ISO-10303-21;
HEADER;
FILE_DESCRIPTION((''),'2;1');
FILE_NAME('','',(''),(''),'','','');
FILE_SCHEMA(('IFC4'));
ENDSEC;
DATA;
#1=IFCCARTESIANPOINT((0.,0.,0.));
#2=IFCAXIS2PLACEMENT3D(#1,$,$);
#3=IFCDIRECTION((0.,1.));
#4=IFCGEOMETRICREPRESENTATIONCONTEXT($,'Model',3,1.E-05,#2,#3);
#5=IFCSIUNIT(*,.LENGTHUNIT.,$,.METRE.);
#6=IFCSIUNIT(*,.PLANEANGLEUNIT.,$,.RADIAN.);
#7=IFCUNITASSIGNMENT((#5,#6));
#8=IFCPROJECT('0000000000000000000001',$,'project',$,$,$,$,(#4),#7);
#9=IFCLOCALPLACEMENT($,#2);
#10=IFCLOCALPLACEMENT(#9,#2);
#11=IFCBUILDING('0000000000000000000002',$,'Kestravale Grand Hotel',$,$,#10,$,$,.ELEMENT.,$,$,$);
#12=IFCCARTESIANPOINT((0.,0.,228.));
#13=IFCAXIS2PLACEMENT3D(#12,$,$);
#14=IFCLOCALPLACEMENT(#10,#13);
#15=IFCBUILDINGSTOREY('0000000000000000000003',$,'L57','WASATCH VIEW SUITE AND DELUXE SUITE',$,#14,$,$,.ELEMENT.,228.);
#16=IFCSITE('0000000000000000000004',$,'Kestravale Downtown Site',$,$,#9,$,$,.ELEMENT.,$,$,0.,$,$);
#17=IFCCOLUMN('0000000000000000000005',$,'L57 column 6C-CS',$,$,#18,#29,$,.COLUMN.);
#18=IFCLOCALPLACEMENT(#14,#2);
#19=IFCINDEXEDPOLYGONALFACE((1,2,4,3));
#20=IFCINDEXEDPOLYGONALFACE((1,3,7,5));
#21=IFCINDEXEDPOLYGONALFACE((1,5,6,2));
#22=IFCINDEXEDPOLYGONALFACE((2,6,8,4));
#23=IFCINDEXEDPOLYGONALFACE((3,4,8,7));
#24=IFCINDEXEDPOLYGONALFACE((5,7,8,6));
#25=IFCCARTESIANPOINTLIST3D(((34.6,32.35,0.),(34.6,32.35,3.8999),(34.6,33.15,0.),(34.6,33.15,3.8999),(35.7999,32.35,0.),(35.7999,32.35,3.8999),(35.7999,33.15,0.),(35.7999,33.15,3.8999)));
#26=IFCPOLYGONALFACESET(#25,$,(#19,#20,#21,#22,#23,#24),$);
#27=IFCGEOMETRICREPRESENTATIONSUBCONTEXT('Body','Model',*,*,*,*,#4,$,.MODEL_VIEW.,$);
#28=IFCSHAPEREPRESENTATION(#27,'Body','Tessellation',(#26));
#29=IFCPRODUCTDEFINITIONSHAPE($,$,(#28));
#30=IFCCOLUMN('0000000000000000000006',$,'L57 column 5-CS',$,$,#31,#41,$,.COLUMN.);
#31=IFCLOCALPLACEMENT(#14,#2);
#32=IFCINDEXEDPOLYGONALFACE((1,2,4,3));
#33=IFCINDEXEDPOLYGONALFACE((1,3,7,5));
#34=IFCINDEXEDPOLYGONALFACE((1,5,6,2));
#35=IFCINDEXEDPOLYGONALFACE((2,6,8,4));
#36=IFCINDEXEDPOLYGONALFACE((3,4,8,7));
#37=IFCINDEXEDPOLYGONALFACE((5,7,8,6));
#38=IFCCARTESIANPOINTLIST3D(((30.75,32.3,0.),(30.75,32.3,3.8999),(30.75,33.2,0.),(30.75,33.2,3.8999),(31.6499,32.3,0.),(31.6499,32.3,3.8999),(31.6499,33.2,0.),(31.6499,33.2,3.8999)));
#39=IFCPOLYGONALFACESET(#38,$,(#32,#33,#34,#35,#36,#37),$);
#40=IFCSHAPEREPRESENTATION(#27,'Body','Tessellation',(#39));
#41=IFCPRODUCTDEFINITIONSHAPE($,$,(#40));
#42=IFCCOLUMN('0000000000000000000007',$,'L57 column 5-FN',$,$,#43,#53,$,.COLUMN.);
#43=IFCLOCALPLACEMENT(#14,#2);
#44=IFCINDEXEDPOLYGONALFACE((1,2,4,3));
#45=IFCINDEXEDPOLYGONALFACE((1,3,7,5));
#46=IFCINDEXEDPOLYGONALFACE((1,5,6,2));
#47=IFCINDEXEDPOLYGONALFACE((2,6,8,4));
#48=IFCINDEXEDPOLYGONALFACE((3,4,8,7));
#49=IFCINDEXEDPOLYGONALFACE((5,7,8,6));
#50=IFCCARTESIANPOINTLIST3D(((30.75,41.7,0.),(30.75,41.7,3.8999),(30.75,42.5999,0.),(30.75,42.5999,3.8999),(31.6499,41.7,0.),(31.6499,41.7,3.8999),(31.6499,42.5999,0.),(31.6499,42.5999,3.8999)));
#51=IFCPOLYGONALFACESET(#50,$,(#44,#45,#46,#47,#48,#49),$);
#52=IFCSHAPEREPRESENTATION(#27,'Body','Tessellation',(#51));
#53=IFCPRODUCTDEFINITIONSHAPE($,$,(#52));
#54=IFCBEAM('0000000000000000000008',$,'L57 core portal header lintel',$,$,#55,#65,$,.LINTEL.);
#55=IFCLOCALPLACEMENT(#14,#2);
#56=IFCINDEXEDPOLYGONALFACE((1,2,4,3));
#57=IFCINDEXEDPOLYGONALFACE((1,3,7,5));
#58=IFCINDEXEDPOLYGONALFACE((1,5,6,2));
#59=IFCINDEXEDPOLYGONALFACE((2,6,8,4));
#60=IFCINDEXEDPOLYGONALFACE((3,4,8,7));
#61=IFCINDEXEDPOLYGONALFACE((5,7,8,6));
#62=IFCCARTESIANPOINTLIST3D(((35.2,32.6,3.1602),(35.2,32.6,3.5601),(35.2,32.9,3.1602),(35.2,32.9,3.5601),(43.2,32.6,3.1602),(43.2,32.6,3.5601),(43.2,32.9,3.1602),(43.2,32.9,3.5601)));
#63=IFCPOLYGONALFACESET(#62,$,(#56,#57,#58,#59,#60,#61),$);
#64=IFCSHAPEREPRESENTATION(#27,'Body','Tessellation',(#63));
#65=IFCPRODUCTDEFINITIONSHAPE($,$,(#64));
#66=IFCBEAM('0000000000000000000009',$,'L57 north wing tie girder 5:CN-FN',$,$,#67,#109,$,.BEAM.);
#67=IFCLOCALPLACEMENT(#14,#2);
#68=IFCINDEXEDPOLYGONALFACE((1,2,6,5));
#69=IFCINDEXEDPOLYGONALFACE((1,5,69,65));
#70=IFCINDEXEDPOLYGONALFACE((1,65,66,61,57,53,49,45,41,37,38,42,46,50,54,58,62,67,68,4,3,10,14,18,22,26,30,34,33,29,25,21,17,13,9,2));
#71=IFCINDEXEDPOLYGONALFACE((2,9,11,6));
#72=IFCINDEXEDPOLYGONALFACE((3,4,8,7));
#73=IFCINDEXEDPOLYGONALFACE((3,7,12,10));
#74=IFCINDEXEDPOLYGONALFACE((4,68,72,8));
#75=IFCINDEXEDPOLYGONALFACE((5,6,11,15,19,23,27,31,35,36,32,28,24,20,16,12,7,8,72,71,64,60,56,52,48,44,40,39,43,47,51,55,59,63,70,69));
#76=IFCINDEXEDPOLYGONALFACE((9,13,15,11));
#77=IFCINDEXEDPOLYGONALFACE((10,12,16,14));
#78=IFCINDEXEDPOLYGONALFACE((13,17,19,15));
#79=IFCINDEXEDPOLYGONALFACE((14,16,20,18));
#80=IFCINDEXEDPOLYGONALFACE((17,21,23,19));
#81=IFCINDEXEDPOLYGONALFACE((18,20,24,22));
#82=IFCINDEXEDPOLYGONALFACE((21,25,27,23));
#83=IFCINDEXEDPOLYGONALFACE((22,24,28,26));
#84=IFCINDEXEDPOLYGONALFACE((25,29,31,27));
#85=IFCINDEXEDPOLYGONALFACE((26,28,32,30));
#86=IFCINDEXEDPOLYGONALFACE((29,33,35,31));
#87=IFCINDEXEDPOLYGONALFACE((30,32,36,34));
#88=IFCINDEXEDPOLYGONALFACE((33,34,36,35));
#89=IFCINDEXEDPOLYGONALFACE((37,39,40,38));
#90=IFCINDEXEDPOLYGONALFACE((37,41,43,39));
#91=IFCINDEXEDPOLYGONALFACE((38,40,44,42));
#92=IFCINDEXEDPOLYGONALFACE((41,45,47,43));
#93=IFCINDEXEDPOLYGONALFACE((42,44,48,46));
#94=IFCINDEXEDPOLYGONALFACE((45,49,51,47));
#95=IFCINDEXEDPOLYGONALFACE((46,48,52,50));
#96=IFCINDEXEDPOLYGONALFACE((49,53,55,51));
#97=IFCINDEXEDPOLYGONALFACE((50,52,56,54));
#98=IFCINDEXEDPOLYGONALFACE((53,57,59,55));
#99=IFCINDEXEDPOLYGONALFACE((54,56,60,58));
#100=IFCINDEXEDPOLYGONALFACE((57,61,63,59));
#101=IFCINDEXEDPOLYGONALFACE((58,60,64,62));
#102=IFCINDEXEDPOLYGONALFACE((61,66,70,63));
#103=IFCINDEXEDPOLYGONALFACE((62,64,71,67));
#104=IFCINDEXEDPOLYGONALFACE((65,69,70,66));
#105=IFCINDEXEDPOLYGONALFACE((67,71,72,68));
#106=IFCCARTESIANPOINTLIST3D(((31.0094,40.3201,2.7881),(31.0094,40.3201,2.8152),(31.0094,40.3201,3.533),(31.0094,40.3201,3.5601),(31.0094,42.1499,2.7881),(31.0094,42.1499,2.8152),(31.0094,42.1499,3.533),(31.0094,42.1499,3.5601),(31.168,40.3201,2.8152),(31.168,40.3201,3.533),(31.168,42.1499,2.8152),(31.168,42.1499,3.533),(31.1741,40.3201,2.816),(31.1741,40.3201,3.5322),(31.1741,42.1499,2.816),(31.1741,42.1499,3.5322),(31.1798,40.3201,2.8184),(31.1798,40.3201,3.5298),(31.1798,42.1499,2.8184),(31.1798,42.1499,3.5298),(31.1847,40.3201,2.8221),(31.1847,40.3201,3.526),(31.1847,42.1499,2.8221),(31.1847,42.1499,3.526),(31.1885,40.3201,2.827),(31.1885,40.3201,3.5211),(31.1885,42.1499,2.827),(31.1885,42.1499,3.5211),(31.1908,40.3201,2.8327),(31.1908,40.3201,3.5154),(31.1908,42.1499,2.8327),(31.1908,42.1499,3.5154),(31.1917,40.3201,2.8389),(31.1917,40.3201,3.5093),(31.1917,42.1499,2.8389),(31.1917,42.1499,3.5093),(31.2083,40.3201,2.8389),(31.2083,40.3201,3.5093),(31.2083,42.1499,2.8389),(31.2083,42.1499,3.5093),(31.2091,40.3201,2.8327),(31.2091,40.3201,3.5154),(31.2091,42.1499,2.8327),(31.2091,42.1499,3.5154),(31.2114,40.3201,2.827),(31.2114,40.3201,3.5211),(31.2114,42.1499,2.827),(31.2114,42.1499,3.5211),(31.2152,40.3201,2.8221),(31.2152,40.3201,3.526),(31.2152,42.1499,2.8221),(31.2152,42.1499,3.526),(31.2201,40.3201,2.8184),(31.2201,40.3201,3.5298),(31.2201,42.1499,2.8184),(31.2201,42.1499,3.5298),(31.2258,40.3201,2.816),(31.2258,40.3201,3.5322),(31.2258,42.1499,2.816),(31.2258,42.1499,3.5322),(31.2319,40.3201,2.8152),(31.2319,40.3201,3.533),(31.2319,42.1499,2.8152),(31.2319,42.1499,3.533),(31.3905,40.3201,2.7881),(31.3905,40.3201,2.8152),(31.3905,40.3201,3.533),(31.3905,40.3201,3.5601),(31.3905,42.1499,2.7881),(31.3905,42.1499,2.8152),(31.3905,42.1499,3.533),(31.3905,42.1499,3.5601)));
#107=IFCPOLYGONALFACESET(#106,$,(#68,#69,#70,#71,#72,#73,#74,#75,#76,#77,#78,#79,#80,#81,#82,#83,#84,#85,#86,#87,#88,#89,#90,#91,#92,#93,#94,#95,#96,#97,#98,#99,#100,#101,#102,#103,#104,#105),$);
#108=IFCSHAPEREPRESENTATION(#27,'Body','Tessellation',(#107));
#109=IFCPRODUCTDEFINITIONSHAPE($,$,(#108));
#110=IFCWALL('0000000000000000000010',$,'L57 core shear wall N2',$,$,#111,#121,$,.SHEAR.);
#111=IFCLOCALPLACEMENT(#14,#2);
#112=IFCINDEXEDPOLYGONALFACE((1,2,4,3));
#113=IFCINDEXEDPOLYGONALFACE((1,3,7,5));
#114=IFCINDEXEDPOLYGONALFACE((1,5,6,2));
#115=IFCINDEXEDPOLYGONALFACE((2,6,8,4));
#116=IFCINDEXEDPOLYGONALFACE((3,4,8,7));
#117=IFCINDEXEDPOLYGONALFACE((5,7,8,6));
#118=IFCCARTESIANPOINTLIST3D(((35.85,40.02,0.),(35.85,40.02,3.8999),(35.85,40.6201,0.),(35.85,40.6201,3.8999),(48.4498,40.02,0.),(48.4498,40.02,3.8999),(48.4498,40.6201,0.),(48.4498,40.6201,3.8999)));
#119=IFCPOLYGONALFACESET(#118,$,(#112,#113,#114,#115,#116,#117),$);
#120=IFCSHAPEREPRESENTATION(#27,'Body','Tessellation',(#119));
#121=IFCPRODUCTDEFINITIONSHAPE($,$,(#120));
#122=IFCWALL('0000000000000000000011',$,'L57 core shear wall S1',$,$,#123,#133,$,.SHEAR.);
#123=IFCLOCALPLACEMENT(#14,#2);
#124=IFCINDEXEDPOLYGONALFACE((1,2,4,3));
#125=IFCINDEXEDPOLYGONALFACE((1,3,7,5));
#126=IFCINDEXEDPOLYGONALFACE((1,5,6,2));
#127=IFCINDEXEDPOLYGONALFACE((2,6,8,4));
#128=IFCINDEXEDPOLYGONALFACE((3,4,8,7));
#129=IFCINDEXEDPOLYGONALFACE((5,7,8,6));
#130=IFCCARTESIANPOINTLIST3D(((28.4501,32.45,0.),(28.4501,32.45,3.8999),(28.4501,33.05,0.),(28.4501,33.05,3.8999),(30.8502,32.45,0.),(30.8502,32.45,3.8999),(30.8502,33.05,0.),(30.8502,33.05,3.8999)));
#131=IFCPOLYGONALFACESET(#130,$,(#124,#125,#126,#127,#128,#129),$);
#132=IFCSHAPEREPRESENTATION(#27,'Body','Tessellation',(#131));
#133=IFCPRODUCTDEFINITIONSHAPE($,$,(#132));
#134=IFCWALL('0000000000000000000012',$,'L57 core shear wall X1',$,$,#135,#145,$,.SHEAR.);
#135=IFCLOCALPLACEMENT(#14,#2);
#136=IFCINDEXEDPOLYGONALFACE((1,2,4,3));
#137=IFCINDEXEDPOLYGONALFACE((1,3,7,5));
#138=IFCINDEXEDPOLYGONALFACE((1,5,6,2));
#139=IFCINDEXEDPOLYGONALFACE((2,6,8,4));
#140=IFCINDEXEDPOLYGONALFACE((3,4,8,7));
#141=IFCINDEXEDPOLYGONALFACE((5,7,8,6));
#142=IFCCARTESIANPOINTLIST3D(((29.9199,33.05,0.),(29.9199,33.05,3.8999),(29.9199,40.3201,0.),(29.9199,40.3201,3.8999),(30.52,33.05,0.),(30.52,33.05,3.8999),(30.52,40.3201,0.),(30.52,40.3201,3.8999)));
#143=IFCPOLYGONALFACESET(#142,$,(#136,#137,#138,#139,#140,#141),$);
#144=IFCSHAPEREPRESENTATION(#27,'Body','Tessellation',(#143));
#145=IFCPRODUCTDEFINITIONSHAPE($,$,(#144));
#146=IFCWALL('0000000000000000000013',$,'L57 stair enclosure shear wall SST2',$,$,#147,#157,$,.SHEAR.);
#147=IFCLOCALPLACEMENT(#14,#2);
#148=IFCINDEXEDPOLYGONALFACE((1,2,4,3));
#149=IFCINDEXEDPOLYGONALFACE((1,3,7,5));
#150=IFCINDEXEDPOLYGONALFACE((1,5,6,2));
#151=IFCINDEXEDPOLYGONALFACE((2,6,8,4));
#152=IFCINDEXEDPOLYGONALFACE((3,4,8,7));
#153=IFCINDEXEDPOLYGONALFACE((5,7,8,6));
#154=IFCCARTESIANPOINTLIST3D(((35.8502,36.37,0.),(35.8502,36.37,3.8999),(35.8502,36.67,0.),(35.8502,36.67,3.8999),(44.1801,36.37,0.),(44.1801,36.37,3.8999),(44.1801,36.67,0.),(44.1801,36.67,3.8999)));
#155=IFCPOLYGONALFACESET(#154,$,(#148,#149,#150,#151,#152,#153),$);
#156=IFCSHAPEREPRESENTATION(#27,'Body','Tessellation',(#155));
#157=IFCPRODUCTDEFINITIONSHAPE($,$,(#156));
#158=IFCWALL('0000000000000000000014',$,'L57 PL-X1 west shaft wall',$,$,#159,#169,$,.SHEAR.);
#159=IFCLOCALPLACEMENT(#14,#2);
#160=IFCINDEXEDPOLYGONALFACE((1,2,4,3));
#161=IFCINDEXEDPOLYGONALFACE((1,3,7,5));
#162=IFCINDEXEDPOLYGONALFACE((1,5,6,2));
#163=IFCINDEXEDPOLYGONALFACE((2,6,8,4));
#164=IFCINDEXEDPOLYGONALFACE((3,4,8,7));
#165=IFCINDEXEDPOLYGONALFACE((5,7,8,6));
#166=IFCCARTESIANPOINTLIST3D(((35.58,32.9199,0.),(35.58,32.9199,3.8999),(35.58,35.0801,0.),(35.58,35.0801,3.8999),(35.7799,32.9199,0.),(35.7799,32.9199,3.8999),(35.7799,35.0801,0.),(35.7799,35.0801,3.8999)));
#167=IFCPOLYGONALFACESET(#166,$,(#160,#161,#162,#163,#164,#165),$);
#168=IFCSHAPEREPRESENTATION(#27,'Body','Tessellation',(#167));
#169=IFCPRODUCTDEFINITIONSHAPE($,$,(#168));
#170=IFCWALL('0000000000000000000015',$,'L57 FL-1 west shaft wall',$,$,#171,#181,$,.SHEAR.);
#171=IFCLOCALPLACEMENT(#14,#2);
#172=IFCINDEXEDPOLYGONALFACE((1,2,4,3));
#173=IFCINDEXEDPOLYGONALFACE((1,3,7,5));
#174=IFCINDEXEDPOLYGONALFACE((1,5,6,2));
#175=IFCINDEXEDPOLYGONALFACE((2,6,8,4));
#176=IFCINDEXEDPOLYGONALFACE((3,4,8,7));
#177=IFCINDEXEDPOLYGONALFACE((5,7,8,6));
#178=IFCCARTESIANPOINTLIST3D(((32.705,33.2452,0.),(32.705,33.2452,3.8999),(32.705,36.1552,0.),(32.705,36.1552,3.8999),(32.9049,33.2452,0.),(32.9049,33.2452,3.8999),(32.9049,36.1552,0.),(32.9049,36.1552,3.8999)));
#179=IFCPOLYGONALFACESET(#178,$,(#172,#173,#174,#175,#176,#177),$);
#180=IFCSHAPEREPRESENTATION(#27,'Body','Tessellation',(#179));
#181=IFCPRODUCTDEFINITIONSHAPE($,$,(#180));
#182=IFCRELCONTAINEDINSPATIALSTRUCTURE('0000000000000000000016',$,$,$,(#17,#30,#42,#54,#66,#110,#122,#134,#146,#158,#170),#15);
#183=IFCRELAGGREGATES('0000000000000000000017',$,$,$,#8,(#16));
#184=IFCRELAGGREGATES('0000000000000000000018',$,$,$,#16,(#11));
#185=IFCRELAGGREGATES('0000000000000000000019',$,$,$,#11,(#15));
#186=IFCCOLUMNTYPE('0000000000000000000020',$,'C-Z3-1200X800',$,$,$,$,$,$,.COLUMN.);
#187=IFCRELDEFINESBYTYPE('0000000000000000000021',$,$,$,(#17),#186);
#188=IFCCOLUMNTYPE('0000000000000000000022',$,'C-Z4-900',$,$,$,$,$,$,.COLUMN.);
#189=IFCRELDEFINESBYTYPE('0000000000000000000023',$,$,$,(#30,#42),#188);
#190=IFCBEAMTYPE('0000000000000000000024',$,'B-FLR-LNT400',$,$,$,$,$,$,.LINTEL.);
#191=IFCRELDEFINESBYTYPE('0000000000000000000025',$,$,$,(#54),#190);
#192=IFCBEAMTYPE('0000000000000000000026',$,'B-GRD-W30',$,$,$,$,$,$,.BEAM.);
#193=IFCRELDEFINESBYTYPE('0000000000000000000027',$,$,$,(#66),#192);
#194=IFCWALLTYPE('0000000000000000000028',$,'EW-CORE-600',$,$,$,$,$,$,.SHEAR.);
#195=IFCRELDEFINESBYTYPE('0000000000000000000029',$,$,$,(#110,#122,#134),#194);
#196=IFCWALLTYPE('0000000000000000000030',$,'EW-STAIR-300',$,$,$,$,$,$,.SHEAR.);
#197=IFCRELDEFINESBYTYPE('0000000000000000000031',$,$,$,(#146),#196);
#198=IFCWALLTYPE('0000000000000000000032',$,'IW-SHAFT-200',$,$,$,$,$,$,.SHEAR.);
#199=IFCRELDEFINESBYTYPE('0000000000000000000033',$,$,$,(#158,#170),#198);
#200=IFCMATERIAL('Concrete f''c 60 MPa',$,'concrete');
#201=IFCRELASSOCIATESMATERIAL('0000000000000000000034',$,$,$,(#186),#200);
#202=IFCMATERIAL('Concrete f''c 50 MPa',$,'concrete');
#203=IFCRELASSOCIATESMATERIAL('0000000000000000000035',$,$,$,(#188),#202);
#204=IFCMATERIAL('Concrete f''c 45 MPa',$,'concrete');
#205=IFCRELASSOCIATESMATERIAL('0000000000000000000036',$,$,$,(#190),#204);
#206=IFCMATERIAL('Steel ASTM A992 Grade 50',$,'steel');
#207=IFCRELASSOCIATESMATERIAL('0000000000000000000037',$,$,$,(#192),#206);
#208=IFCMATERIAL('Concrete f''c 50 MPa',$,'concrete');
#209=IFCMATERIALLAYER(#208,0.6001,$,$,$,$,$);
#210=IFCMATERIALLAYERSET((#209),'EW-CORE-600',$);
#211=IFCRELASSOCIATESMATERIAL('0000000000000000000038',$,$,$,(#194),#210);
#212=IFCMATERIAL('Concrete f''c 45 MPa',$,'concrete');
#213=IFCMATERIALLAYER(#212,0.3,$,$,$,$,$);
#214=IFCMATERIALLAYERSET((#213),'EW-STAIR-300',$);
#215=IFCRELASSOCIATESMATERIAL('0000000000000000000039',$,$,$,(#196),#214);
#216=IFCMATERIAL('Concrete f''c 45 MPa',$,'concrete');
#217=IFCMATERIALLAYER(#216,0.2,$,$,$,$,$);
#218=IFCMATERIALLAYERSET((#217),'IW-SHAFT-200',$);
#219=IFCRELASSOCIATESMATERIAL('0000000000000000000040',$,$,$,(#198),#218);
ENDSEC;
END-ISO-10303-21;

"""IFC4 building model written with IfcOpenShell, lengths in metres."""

from ifc_helpers import new_model, si_unit, direction, frame, frame_2d, origin, origin_2d, place, context, subcontext, project, spatial, rectangle, i_section, extrude, material, layer, layer_set, material_profile, profile_set, type_object, element, save


model = new_model("IFC4")

# Units and contexts
model_context = context("Model", 3, precision=1e-05, world=origin(), true_north=direction((0.0, 1.0)))
body_context = subcontext(model_context, "Body", "Model", "MODEL_VIEW")
ifc_project = project(units=[si_unit("LENGTHUNIT", "METRE"), si_unit("PLANEANGLEUNIT", "RADIAN")], contexts=[model_context])

# Site, building, storey
site_placement = place(None, origin())
site = spatial("IfcSite", under=ifc_project, at=site_placement, Name="Kestravale Downtown Site", CompositionType="ELEMENT", RefElevation=0.0)
building_placement = place(site_placement, origin())
building = spatial("IfcBuilding", under=site, at=building_placement, Name="Kestravale Grand Hotel", CompositionType="ELEMENT")
storey_placement = place(building_placement, frame((0.0, 0.0, 228.0)))
storey = spatial("IfcBuildingStorey", under=building, at=storey_placement, Name="L57", Description="WASATCH VIEW SUITE AND DELUXE SUITE", CompositionType="ELEMENT", Elevation=228.0)

# Columns
ifc_material_1 = material(Name="Concrete f'c 60 MPa", Category="concrete")
ifc_material_profile_1 = material_profile(ifc_material_1, rectangle(XDim=1.2, YDim=0.8, at=origin_2d()))
ifc_profile_set_1 = profile_set([ifc_material_profile_1], Name="Concrete f'c 60 MPa")
column_type_1 = type_object("IfcColumnType", Name="C-Z3-1200X800", PredefinedType="COLUMN", material=ifc_profile_set_1)
column_placement = place(storey_placement, frame((35.2, 32.75, 0.0), z_axis=(0.0, 0.0, 1.0), x_axis=(1.0, 0.0, 0.0)))
element("IfcColumn", 1, at=column_placement, inside=storey, type_object=column_type_1, Name="L57 column 6C-CS", PredefinedType="COLUMN", context=body_context, shape_type="SweptSolid", body=[
    extrude(rectangle(XDim=1.2, YDim=0.8, at=origin_2d()), origin(), (0.0, 0.0, 1.0), 3.8999),
])
ifc_material_2 = material(Name="Concrete f'c 50 MPa", Category="concrete")
ifc_material_profile_2 = material_profile(ifc_material_2, rectangle(XDim=0.8999, YDim=0.8999, at=origin_2d()))
ifc_profile_set_2 = profile_set([ifc_material_profile_2], Name="Concrete f'c 50 MPa")
column_type_2 = type_object("IfcColumnType", Name="C-Z4-900", PredefinedType="COLUMN", material=ifc_profile_set_2)
for number, where, z_axis, x_axis, name in (
    (2, (31.2, 32.75, 0.0), (0.0, 0.0, 1.0), (1.0, 0.0, 0.0), "L57 column 5-CS"),
    (3, (31.2, 42.1499, 0.0), (0.0, 0.0, 1.0), (1.0, 0.0, 0.0), "L57 column 5-FN"),
):
    element("IfcColumn", number, at=place(storey_placement, frame(where, z_axis=z_axis, x_axis=x_axis)), inside=storey, type_object=column_type_2, Name=name, PredefinedType="COLUMN", context=body_context, shape_type="SweptSolid", body=[
        extrude(rectangle(XDim=0.8999, YDim=0.8999, at=origin_2d()), origin(), (0.0, 0.0, 1.0), 3.8999),
    ])

# Beams
ifc_material_3 = material(Name="Concrete f'c 45 MPa", Category="concrete")
ifc_material_profile_3 = material_profile(ifc_material_3, rectangle(XDim=0.3, YDim=0.3999, at=origin_2d()))
ifc_profile_set_3 = profile_set([ifc_material_profile_3], Name="Concrete f'c 45 MPa")
beam_type_1 = type_object("IfcBeamType", Name="B-FLR-LNT400", PredefinedType="LINTEL", material=ifc_profile_set_3)
beam_1_placement = place(storey_placement, frame((35.2, 32.75, 3.3601), z_axis=(1.0, 0.0, 0.0), x_axis=(0.0, 1.0, 0.0)))
element("IfcBeam", 4, at=beam_1_placement, inside=storey, type_object=beam_type_1, Name="L57 core portal header lintel", PredefinedType="LINTEL", context=body_context, shape_type="SweptSolid", body=[
    extrude(rectangle(XDim=0.3, YDim=0.3999, at=origin_2d()), origin(), (0.0, 0.0, 1.0), 8.0),
])
ifc_material_4 = material(Name="Steel ASTM A992 Grade 50", Category="steel")
ifc_material_profile_4 = material_profile(ifc_material_4, i_section(OverallWidth=0.3811, OverallDepth=0.772, WebThickness=0.0166, FlangeThickness=0.0271, FilletRadius=0.0237, at=origin_2d()))
ifc_profile_set_4 = profile_set([ifc_material_profile_4], Name="Steel ASTM A992 Grade 50")
beam_type_2 = type_object("IfcBeamType", Name="B-GRD-W30", PredefinedType="BEAM", material=ifc_profile_set_4)
beam_2_placement = place(storey_placement, frame((31.2, 40.3201, 3.1741), z_axis=(0.0, 1.0, 0.0), x_axis=(-1.0, 0.0, 0.0)))
element("IfcBeam", 5, at=beam_2_placement, inside=storey, type_object=beam_type_2, Name="L57 north wing tie girder 5:CN-FN", PredefinedType="BEAM", context=body_context, shape_type="SweptSolid", body=[
    extrude(i_section(OverallWidth=0.3811, OverallDepth=0.772, WebThickness=0.0166, FlangeThickness=0.0271, FilletRadius=0.0237, at=origin_2d()), origin(), (0.0, 0.0, 1.0), 1.8298),
])

# Walls
ifc_material_5 = material(Name="Concrete f'c 50 MPa", Category="concrete")
ifc_layer_1 = layer(ifc_material_5, 0.6001)
ifc_layer_set_1 = layer_set([ifc_layer_1], Name="EW-CORE-600")
wall_type_1 = type_object("IfcWallType", Name="EW-CORE-600", PredefinedType="SHEAR", material=ifc_layer_set_1)
wall_1_placement = place(storey_placement, frame((35.8501, 40.3201, 0.0), z_axis=(0.0, 0.0, 1.0), x_axis=(1.0, 0.0, 0.0)))
element("IfcWall", 6, at=wall_1_placement, inside=storey, type_object=wall_type_1, Name="L57 core shear wall N2", PredefinedType="SHEAR", context=body_context, shape_type="SweptSolid", body=[
    extrude(rectangle(XDim=12.5999, YDim=0.6001, at=frame_2d((6.2998, 0.0))), origin(), (0.0, 0.0, 1.0), 3.8999),
])
wall_2_placement = place(storey_placement, frame((28.45, 32.75, 0.0), z_axis=(0.0, 0.0, 1.0), x_axis=(1.0, 0.0, 0.0)))
element("IfcWall", 7, at=wall_2_placement, inside=storey, type_object=wall_type_1, Name="L57 core shear wall S1", PredefinedType="SHEAR", context=body_context, shape_type="SweptSolid", body=[
    extrude(rectangle(XDim=2.4001, YDim=0.6001, at=frame_2d((1.2002, 0.0))), origin(), (0.0, 0.0, 1.0), 3.8999),
])
wall_3_placement = place(storey_placement, frame((30.22, 33.05, 0.0), z_axis=(0.0, 0.0, 1.0), x_axis=(0.0, 1.0, 0.0)))
element("IfcWall", 8, at=wall_3_placement, inside=storey, type_object=wall_type_1, Name="L57 core shear wall X1", PredefinedType="SHEAR", context=body_context, shape_type="SweptSolid", body=[
    extrude(rectangle(XDim=7.27, YDim=0.6001, at=frame_2d((3.635, 0.0))), origin(), (0.0, 0.0, 1.0), 3.8999),
])

# Wall
ifc_material_6 = material(Name="Concrete f'c 45 MPa", Category="concrete")
ifc_layer_2 = layer(ifc_material_6, 0.3)
ifc_layer_set_2 = layer_set([ifc_layer_2], Name="EW-STAIR-300")
wall_type_2 = type_object("IfcWallType", Name="EW-STAIR-300", PredefinedType="SHEAR", material=ifc_layer_set_2)
wall_4_placement = place(storey_placement, frame((35.8501, 36.52, 0.0), z_axis=(0.0, 0.0, 1.0), x_axis=(1.0, 0.0, 0.0)))
element("IfcWall", 9, at=wall_4_placement, inside=storey, type_object=wall_type_2, Name="L57 stair enclosure shear wall SST2", PredefinedType="SHEAR", context=body_context, shape_type="SweptSolid", body=[
    extrude(rectangle(XDim=8.3298, YDim=0.3, at=frame_2d((4.165, 0.0))), origin(), (0.0, 0.0, 1.0), 3.8999),
])

# Walls
ifc_material_7 = material(Name="Concrete f'c 45 MPa", Category="concrete")
ifc_layer_3 = layer(ifc_material_7, 0.2)
ifc_layer_set_3 = layer_set([ifc_layer_3], Name="IW-SHAFT-200")
wall_type_3 = type_object("IfcWallType", Name="IW-SHAFT-200", PredefinedType="SHEAR", material=ifc_layer_set_3)
wall_5_placement = place(storey_placement, frame((35.6799, 32.9199, 0.0), z_axis=(0.0, 0.0, 1.0), x_axis=(0.0, 1.0, 0.0)))
element("IfcWall", 10, at=wall_5_placement, inside=storey, type_object=wall_type_3, Name="L57 PL-X1 west shaft wall", PredefinedType="SHEAR", context=body_context, shape_type="SweptSolid", body=[
    extrude(rectangle(XDim=2.1602, YDim=0.2, at=frame_2d((1.0801, 0.0))), origin(), (0.0, 0.0, 1.0), 3.8999),
])
for number, where, z_axis, x_axis, name in (
    (11, (32.8049, 33.2451, 0.0), (0.0, 0.0, 1.0), (0.0, 1.0, 0.0), "L57 FL-1 west shaft wall"),
):
    element("IfcWall", number, at=place(storey_placement, frame(where, z_axis=z_axis, x_axis=x_axis)), inside=storey, type_object=wall_type_3, Name=name, PredefinedType="SHEAR", context=body_context, shape_type="SweptSolid", body=[
        extrude(rectangle(XDim=2.9099, YDim=0.2, at=frame_2d((1.4551, 0.0))), origin(), (0.0, 0.0, 1.0), 3.8999),
    ])

save(model, "model.ifc")
